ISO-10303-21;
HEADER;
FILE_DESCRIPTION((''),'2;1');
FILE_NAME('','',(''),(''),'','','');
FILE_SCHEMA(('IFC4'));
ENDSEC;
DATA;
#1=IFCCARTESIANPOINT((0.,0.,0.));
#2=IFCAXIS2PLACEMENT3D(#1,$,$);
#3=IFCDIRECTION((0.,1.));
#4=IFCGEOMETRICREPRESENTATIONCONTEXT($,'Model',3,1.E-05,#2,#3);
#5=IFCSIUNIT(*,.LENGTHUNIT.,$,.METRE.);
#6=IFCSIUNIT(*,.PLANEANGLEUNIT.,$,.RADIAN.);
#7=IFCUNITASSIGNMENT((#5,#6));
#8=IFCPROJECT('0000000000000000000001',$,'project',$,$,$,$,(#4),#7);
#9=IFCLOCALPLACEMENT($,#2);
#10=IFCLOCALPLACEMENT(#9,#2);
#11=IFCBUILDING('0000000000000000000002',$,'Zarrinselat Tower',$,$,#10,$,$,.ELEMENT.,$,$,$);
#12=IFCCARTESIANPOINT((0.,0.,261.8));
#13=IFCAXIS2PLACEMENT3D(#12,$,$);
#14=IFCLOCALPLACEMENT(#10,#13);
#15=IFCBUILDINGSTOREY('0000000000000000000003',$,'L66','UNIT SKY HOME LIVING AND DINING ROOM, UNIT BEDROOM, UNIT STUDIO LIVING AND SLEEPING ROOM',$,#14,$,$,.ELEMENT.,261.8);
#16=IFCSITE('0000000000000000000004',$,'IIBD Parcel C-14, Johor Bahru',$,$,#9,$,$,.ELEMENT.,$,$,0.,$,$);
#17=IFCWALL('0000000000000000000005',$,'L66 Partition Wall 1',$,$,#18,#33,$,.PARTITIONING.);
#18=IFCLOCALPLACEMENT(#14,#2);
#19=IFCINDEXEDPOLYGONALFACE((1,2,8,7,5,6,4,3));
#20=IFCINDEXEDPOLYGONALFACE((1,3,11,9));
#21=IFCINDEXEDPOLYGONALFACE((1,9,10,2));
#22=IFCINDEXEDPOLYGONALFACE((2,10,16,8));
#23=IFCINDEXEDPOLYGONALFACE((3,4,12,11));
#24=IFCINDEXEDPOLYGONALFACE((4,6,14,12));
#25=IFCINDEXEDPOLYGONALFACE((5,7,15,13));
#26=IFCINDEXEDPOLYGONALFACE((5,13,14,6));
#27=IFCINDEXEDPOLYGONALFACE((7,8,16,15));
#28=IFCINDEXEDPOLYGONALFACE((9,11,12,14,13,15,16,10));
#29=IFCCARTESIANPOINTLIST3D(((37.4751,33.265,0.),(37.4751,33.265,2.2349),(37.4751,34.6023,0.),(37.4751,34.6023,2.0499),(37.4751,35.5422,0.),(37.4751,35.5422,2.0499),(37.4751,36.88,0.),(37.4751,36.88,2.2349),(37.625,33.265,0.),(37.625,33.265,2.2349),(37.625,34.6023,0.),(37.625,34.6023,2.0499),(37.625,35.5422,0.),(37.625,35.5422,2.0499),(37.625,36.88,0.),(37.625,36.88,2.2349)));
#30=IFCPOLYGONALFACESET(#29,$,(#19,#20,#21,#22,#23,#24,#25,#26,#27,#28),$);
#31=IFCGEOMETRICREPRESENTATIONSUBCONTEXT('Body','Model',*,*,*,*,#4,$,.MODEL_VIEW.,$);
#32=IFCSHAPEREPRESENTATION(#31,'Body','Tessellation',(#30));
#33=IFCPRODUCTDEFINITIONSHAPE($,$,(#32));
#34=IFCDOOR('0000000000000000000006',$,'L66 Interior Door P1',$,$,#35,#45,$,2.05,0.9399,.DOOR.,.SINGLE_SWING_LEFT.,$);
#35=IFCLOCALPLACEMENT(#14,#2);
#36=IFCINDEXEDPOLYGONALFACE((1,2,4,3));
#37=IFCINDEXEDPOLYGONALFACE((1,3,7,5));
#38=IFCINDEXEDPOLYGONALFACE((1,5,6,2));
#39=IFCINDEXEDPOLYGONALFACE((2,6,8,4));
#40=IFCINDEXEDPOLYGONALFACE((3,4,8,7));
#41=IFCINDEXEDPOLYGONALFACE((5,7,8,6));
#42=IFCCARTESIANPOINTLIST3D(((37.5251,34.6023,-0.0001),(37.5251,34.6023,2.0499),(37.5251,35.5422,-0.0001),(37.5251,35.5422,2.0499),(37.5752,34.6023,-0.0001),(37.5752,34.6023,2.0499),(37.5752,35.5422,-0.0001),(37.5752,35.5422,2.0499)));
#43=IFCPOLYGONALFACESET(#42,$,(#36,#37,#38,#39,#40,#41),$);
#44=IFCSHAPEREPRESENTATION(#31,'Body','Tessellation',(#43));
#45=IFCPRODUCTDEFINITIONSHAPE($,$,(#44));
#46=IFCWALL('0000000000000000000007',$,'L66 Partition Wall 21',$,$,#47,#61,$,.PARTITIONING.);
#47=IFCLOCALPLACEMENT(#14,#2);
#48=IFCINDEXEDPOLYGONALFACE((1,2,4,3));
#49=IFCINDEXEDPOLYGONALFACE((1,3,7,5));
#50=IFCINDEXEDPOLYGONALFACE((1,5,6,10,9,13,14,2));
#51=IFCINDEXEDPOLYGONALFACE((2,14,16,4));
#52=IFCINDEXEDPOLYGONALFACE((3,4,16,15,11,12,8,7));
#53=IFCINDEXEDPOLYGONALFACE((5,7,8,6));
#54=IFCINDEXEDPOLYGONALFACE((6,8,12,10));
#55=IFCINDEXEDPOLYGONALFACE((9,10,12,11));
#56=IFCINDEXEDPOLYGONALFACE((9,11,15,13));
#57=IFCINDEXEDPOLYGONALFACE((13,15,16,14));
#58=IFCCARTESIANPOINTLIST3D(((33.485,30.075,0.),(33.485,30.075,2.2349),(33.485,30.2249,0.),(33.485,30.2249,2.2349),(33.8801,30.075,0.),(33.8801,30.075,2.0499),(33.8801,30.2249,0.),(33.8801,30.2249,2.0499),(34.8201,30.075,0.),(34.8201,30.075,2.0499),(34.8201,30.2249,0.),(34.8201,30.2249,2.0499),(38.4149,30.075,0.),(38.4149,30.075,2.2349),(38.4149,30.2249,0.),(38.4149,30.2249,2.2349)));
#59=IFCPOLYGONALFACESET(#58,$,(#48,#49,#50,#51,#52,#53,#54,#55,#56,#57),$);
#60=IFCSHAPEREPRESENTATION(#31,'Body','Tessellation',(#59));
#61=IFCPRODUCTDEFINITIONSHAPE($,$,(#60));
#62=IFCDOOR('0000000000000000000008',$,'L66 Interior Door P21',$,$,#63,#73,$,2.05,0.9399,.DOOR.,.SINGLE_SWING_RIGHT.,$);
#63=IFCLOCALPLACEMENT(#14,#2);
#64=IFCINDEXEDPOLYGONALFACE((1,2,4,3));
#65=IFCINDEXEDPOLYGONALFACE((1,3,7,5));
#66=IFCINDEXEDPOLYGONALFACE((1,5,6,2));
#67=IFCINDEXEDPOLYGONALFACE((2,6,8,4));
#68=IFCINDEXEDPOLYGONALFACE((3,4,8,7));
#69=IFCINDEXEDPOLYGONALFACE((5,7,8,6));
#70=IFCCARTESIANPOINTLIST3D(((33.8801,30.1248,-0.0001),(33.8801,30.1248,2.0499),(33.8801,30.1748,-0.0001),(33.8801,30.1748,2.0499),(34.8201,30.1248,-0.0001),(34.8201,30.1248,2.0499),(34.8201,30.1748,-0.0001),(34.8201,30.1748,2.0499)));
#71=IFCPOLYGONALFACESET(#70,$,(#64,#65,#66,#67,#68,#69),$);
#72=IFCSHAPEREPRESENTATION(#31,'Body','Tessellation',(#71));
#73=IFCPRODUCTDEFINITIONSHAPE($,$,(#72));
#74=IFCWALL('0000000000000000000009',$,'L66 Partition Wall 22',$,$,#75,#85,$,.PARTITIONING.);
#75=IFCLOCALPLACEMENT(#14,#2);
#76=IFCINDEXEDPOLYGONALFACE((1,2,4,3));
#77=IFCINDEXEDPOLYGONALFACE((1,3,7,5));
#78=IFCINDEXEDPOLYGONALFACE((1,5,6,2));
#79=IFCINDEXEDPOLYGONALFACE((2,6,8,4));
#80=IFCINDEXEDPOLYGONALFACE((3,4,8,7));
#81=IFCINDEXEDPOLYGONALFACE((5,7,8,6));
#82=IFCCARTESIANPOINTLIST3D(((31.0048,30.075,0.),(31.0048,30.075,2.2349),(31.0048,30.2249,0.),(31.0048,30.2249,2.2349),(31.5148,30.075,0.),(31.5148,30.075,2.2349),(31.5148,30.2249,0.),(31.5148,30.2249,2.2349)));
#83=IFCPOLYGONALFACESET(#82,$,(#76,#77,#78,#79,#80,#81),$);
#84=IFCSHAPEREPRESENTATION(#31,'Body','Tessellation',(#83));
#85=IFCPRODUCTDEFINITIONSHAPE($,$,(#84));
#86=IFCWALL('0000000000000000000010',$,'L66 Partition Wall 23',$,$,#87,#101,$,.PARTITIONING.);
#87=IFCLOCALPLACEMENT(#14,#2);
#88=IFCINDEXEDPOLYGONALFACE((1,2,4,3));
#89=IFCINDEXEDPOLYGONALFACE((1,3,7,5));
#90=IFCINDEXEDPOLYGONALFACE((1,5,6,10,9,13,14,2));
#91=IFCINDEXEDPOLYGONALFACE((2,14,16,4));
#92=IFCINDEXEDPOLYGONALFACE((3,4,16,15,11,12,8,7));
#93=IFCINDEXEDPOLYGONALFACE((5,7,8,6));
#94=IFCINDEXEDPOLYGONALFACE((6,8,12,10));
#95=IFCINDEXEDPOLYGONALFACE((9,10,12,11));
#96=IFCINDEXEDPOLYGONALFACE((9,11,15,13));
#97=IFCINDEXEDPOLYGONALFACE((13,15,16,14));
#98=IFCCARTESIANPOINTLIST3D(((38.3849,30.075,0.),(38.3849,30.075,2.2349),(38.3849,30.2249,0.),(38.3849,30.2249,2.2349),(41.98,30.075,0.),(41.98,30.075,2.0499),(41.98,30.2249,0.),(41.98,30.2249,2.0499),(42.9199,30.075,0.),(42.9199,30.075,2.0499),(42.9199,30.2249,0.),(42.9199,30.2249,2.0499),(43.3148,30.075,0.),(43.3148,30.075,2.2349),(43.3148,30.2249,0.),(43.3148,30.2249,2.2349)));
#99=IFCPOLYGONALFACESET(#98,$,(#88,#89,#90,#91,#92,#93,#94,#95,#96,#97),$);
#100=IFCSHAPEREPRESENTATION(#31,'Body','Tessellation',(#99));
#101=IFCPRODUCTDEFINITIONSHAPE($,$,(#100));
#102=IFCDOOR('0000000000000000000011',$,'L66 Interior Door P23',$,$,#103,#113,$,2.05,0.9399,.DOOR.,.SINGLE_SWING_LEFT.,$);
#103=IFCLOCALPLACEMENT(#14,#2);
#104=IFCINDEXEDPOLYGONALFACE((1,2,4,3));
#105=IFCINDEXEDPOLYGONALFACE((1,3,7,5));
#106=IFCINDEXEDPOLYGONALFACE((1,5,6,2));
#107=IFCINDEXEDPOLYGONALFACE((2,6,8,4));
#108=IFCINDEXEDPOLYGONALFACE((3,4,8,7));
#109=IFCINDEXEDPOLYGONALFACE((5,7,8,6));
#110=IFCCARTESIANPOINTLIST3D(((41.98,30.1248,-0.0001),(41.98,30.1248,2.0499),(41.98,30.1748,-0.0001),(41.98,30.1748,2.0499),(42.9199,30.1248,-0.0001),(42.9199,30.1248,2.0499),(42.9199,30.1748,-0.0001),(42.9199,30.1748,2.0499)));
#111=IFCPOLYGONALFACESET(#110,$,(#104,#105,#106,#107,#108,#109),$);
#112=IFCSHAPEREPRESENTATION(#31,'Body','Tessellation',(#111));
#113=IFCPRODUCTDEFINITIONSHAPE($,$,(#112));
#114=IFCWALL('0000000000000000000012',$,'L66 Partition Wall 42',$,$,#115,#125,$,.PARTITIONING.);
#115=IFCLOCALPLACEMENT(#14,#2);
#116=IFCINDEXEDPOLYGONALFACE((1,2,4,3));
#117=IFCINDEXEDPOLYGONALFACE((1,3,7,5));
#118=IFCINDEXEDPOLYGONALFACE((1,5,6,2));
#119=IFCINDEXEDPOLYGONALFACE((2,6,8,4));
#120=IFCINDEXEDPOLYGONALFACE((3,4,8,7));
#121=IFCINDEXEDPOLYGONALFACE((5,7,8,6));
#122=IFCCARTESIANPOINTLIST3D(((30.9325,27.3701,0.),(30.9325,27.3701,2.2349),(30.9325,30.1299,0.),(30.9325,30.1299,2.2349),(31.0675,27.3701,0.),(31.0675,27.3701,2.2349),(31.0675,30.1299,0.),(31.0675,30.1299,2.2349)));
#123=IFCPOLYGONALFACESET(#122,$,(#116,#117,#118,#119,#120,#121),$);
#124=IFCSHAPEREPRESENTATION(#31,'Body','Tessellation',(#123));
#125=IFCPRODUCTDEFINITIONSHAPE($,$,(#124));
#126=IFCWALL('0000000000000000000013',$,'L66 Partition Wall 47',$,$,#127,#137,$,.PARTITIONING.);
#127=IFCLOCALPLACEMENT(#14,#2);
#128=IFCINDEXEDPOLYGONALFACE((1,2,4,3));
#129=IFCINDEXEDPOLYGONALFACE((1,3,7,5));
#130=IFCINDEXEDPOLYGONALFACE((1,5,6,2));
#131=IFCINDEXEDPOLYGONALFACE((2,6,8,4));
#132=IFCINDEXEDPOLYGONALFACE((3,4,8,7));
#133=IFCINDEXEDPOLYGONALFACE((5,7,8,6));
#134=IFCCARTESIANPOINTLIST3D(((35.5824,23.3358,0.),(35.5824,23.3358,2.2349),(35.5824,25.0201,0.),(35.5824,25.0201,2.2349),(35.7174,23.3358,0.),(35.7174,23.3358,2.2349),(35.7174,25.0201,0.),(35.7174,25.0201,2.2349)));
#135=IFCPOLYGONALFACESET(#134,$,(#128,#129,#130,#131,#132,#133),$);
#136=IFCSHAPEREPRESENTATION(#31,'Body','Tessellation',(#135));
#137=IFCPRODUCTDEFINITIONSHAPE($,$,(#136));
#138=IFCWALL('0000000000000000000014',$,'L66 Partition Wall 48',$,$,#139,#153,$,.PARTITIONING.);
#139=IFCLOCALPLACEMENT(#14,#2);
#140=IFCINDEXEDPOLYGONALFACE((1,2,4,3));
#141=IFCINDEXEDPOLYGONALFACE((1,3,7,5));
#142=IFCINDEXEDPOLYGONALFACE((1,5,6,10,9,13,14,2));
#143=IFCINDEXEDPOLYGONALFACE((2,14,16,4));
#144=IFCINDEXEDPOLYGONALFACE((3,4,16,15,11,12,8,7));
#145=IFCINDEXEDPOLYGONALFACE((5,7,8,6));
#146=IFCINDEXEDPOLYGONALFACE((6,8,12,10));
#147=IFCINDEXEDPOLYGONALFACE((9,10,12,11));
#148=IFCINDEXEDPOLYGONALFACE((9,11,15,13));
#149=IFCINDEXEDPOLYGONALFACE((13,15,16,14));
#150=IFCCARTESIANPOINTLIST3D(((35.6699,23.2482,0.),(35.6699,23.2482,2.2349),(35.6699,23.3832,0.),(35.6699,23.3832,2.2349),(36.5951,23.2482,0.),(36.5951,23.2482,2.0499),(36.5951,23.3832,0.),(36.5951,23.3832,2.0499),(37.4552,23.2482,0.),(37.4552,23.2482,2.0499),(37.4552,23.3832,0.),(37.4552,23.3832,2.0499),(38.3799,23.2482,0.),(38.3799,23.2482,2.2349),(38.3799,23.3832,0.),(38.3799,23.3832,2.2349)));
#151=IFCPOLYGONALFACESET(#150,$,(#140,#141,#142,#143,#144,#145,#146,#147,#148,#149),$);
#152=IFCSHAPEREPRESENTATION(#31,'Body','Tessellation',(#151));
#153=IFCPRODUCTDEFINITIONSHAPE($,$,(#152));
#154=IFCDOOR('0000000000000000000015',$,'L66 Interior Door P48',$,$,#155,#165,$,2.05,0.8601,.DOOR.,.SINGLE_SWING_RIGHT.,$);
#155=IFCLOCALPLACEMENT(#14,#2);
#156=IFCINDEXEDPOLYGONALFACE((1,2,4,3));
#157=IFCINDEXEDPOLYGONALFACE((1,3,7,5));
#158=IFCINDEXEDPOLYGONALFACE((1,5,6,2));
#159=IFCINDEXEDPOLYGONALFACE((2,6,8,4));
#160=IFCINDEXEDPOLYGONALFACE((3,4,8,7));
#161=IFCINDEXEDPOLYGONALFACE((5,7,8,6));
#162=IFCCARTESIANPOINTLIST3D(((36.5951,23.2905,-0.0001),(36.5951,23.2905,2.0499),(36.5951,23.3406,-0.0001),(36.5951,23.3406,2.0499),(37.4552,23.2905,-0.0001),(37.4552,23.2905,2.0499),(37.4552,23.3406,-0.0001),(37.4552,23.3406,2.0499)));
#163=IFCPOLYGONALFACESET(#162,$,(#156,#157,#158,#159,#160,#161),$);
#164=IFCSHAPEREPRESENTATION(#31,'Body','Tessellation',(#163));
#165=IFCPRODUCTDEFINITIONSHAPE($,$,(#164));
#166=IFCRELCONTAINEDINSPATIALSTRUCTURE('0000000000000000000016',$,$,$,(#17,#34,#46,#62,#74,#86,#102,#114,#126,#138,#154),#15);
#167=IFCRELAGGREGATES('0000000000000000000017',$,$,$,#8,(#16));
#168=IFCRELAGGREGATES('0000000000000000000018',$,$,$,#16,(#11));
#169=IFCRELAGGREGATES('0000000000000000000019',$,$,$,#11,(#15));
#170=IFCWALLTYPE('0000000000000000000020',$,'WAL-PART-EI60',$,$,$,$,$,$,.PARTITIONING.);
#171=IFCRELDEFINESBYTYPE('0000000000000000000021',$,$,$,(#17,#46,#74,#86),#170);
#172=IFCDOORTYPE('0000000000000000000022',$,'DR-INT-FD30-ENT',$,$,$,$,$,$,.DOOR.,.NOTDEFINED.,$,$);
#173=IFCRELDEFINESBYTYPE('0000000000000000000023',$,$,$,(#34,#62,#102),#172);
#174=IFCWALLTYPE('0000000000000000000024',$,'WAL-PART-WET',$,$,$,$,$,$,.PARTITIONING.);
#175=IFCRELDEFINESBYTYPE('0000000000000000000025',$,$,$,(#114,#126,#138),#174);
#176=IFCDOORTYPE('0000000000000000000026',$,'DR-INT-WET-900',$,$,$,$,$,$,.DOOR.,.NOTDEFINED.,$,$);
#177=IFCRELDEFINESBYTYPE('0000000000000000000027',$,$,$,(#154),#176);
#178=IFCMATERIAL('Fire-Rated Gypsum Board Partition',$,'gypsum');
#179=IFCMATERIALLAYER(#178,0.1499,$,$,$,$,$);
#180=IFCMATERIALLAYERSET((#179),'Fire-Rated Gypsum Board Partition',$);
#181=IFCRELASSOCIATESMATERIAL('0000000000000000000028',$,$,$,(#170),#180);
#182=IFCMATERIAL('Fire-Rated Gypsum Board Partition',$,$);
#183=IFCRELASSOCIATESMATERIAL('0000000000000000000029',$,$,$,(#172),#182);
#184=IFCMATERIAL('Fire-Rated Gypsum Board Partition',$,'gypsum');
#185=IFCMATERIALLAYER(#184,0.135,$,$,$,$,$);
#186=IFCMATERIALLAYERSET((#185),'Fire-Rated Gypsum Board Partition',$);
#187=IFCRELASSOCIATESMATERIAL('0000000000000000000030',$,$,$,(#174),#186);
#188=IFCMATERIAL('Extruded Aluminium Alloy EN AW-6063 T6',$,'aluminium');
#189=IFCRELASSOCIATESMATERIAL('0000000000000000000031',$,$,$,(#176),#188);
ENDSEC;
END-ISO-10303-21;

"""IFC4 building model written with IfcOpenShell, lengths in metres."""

from ifc_helpers import new_model, si_unit, direction, frame, frame_2d, origin, place, context, subcontext, project, spatial, rectangle, extrude, material, layer, layer_set, type_object, element, fill, save


model = new_model("IFC4")

# Units and contexts
model_context = context("Model", 3, precision=1e-05, world=origin(), true_north=direction((0.0, 1.0)))
body_context = subcontext(model_context, "Body", "Model", "MODEL_VIEW")
ifc_project = project(units=[si_unit("LENGTHUNIT", "METRE"), si_unit("PLANEANGLEUNIT", "RADIAN")], contexts=[model_context])

# Site, building, storey
site_placement = place(None, origin())
site = spatial("IfcSite", under=ifc_project, at=site_placement, Name="IIBD Parcel C-14, Johor Bahru", CompositionType="ELEMENT", RefElevation=0.0)
building_placement = place(site_placement, origin())
building = spatial("IfcBuilding", under=site, at=building_placement, Name="Zarrinselat Tower", CompositionType="ELEMENT")
storey_placement = place(building_placement, frame((0.0, 0.0, 261.8)))
storey = spatial("IfcBuildingStorey", under=building, at=storey_placement, Name="L66", Description="UNIT SKY HOME LIVING AND DINING ROOM, UNIT BEDROOM, UNIT STUDIO LIVING AND SLEEPING ROOM", CompositionType="ELEMENT", Elevation=261.8)

# Walls, openings, doors
ifc_material_1 = material(Name="Fire-Rated Gypsum Board Partition", Category="gypsum")
ifc_layer_1 = layer(ifc_material_1, 0.1499)
ifc_layer_set_1 = layer_set([ifc_layer_1], Name="Fire-Rated Gypsum Board Partition")
wall_type_1 = type_object("IfcWallType", Name="WAL-PART-EI60", PredefinedType="PARTITIONING", material=ifc_layer_set_1)
wall_1_placement = place(storey_placement, frame((37.55, 33.2649, 0.0), z_axis=(0.0, 0.0, 1.0), x_axis=(0.0, 1.0, 0.0)))
wall_1 = element("IfcWall", 1, at=wall_1_placement, inside=storey, type_object=wall_type_1, Name="L66 Partition Wall 1", PredefinedType="PARTITIONING", context=body_context, shape_type="SweptSolid", body=[
    extrude(rectangle(XDim=3.615, YDim=0.1499, at=frame_2d((1.8076, 0.0))), origin(), (0.0, 0.0, 1.0), 2.2349),
])
opening_1_placement = place(wall_1_placement, frame((1.3374, 0.0, 0.0)))
opening_1 = element("IfcOpeningElement", 2, at=opening_1_placement, cuts=wall_1, PredefinedType="OPENING", context=body_context, shape_type="SweptSolid", body=[
    extrude(rectangle(XDim=0.9399, YDim=2.05, at=frame_2d((0.47, 1.0249))), frame((0.0, 0.085, 0.0), z_axis=(0.0, -1.0, 0.0), x_axis=(1.0, 0.0, 0.0)), (0.0, 0.0, 1.0), 0.1699),
])
ifc_material_2 = material(Name="Fire-Rated Gypsum Board Partition")
door_type_1 = type_object("IfcDoorType", Name="DR-INT-FD30-ENT", OperationType="NOTDEFINED", PredefinedType="DOOR", material=ifc_material_2)
door_1_placement = place(opening_1_placement, origin())
door_1 = element("IfcDoor", 3, at=door_1_placement, inside=storey, type_object=door_type_1, Name="L66 Interior Door P1", OperationType="SINGLE_SWING_LEFT", OverallHeight=2.05, OverallWidth=0.9399, PredefinedType="DOOR", context=body_context, shape_type="SweptSolid", body=[
    extrude(rectangle(XDim=0.9399, YDim=2.05, at=frame_2d((0.47, 1.0249))), frame((0.0, 0.0249, 0.0), z_axis=(0.0, -1.0, 0.0), x_axis=(1.0, 0.0, 0.0)), (0.0, 0.0, 1.0), 0.05),
])
fill(opening_1, door_1)
wall_2_placement = place(storey_placement, frame((33.4851, 30.1499, 0.0), z_axis=(0.0, 0.0, 1.0), x_axis=(1.0, 0.0, 0.0)))
wall_2 = element("IfcWall", 4, at=wall_2_placement, inside=storey, type_object=wall_type_1, Name="L66 Partition Wall 21", PredefinedType="PARTITIONING", context=body_context, shape_type="SweptSolid", body=[
    extrude(rectangle(XDim=4.9299, YDim=0.1499, at=frame_2d((2.4648, 0.0))), origin(), (0.0, 0.0, 1.0), 2.2349),
])
opening_2_placement = place(wall_2_placement, frame((0.395, 0.0, 0.0)))
opening_2 = element("IfcOpeningElement", 5, at=opening_2_placement, cuts=wall_2, PredefinedType="OPENING", context=body_context, shape_type="SweptSolid", body=[
    extrude(rectangle(XDim=0.9399, YDim=2.05, at=frame_2d((0.47, 1.0249))), frame((0.0, 0.085, 0.0), z_axis=(0.0, -1.0, 0.0), x_axis=(1.0, 0.0, 0.0)), (0.0, 0.0, 1.0), 0.1699),
])
door_2_placement = place(opening_2_placement, origin())
door_2 = element("IfcDoor", 6, at=door_2_placement, inside=storey, type_object=door_type_1, Name="L66 Interior Door P21", OperationType="SINGLE_SWING_RIGHT", OverallHeight=2.05, OverallWidth=0.9399, PredefinedType="DOOR", context=body_context, shape_type="SweptSolid", body=[
    extrude(rectangle(XDim=0.9399, YDim=2.05, at=frame_2d((0.47, 1.0249))), frame((0.0, 0.0249, 0.0), z_axis=(0.0, -1.0, 0.0), x_axis=(1.0, 0.0, 0.0)), (0.0, 0.0, 1.0), 0.05),
])
fill(opening_2, door_2)

# Wall
wall_3_placement = place(storey_placement, frame((31.0049, 30.1499, 0.0), z_axis=(0.0, 0.0, 1.0), x_axis=(1.0, 0.0, 0.0)))
element("IfcWall", 7, at=wall_3_placement, inside=storey, type_object=wall_type_1, Name="L66 Partition Wall 22", PredefinedType="PARTITIONING", context=body_context, shape_type="SweptSolid", body=[
    extrude(rectangle(XDim=0.51, YDim=0.1499, at=frame_2d((0.2549, 0.0))), origin(), (0.0, 0.0, 1.0), 2.2349),
])

# Wall, opening, door
wall_4_placement = place(storey_placement, frame((38.385, 30.1499, 0.0), z_axis=(0.0, 0.0, 1.0), x_axis=(1.0, 0.0, 0.0)))
wall_4 = element("IfcWall", 8, at=wall_4_placement, inside=storey, type_object=wall_type_1, Name="L66 Partition Wall 23", PredefinedType="PARTITIONING", context=body_context, shape_type="SweptSolid", body=[
    extrude(rectangle(XDim=4.9299, YDim=0.1499, at=frame_2d((2.4648, 0.0))), origin(), (0.0, 0.0, 1.0), 2.2349),
])
opening_3_placement = place(wall_4_placement, frame((3.595, 0.0, 0.0)))
opening_3 = element("IfcOpeningElement", 9, at=opening_3_placement, cuts=wall_4, PredefinedType="OPENING", context=body_context, shape_type="SweptSolid", body=[
    extrude(rectangle(XDim=0.9399, YDim=2.05, at=frame_2d((0.47, 1.0249))), frame((0.0, 0.085, 0.0), z_axis=(0.0, -1.0, 0.0), x_axis=(1.0, 0.0, 0.0)), (0.0, 0.0, 1.0), 0.1699),
])
door_3_placement = place(opening_3_placement, origin())
door_3 = element("IfcDoor", 10, at=door_3_placement, inside=storey, type_object=door_type_1, Name="L66 Interior Door P23", OperationType="SINGLE_SWING_LEFT", OverallHeight=2.05, OverallWidth=0.9399, PredefinedType="DOOR", context=body_context, shape_type="SweptSolid", body=[
    extrude(rectangle(XDim=0.9399, YDim=2.05, at=frame_2d((0.47, 1.0249))), frame((0.0, 0.0249, 0.0), z_axis=(0.0, -1.0, 0.0), x_axis=(1.0, 0.0, 0.0)), (0.0, 0.0, 1.0), 0.05),
])
fill(opening_3, door_3)

# Walls
ifc_material_3 = material(Name="Fire-Rated Gypsum Board Partition", Category="gypsum")
ifc_layer_2 = layer(ifc_material_3, 0.135)
ifc_layer_set_2 = layer_set([ifc_layer_2], Name="Fire-Rated Gypsum Board Partition")
wall_type_2 = type_object("IfcWallType", Name="WAL-PART-WET", PredefinedType="PARTITIONING", material=ifc_layer_set_2)
wall_5_placement = place(storey_placement, frame((31.0, 27.3701, 0.0), z_axis=(0.0, 0.0, 1.0), x_axis=(0.0, 1.0, 0.0)))
element("IfcWall", 11, at=wall_5_placement, inside=storey, type_object=wall_type_2, Name="L66 Partition Wall 42", PredefinedType="PARTITIONING", context=body_context, shape_type="SweptSolid", body=[
    extrude(rectangle(XDim=2.7598, YDim=0.135, at=frame_2d((1.3799, 0.0))), origin(), (0.0, 0.0, 1.0), 2.2349),
])
wall_6_placement = place(storey_placement, frame((35.6499, 23.3357, 0.0), z_axis=(0.0, 0.0, 1.0), x_axis=(0.0, 1.0, 0.0)))
element("IfcWall", 12, at=wall_6_placement, inside=storey, type_object=wall_type_2, Name="L66 Partition Wall 47", PredefinedType="PARTITIONING", context=body_context, shape_type="SweptSolid", body=[
    extrude(rectangle(XDim=1.6843, YDim=0.135, at=frame_2d((0.8423, 0.0))), origin(), (0.0, 0.0, 1.0), 2.2349),
])

# Wall, opening, door
wall_7_placement = place(storey_placement, frame((35.6699, 23.3157, 0.0), z_axis=(0.0, 0.0, 1.0), x_axis=(1.0, 0.0, 0.0)))
wall_7 = element("IfcWall", 13, at=wall_7_placement, inside=storey, type_object=wall_type_2, Name="L66 Partition Wall 48", PredefinedType="PARTITIONING", context=body_context, shape_type="SweptSolid", body=[
    extrude(rectangle(XDim=2.71, YDim=0.135, at=frame_2d((1.355, 0.0))), origin(), (0.0, 0.0, 1.0), 2.2349),
])
opening_4_placement = place(wall_7_placement, frame((0.925, 0.0, 0.0)))
opening_4 = element("IfcOpeningElement", 14, at=opening_4_placement, cuts=wall_7, PredefinedType="OPENING", context=body_context, shape_type="SweptSolid", body=[
    extrude(rectangle(XDim=0.8601, YDim=2.05, at=frame_2d((0.4302, 1.0249))), frame((0.0, 0.0774, 0.0), z_axis=(0.0, -1.0, 0.0), x_axis=(1.0, 0.0, 0.0)), (0.0, 0.0, 1.0), 0.155),
])
ifc_material_4 = material(Name="Extruded Aluminium Alloy EN AW-6063 T6", Category="aluminium")
door_type_2 = type_object("IfcDoorType", Name="DR-INT-WET-900", OperationType="NOTDEFINED", PredefinedType="DOOR", material=ifc_material_4)
door_4_placement = place(opening_4_placement, origin())
door_4 = element("IfcDoor", 15, at=door_4_placement, inside=storey, type_object=door_type_2, Name="L66 Interior Door P48", OperationType="SINGLE_SWING_RIGHT", OverallHeight=2.05, OverallWidth=0.8601, PredefinedType="DOOR", context=body_context, shape_type="SweptSolid", body=[
    extrude(rectangle(XDim=0.8601, YDim=2.05, at=frame_2d((0.4302, 1.0249))), frame((0.0, 0.0249, 0.0), z_axis=(0.0, -1.0, 0.0), x_axis=(1.0, 0.0, 0.0)), (0.0, 0.0, 1.0), 0.05),
])
fill(opening_4, door_4)

save(model, "model.ifc")
